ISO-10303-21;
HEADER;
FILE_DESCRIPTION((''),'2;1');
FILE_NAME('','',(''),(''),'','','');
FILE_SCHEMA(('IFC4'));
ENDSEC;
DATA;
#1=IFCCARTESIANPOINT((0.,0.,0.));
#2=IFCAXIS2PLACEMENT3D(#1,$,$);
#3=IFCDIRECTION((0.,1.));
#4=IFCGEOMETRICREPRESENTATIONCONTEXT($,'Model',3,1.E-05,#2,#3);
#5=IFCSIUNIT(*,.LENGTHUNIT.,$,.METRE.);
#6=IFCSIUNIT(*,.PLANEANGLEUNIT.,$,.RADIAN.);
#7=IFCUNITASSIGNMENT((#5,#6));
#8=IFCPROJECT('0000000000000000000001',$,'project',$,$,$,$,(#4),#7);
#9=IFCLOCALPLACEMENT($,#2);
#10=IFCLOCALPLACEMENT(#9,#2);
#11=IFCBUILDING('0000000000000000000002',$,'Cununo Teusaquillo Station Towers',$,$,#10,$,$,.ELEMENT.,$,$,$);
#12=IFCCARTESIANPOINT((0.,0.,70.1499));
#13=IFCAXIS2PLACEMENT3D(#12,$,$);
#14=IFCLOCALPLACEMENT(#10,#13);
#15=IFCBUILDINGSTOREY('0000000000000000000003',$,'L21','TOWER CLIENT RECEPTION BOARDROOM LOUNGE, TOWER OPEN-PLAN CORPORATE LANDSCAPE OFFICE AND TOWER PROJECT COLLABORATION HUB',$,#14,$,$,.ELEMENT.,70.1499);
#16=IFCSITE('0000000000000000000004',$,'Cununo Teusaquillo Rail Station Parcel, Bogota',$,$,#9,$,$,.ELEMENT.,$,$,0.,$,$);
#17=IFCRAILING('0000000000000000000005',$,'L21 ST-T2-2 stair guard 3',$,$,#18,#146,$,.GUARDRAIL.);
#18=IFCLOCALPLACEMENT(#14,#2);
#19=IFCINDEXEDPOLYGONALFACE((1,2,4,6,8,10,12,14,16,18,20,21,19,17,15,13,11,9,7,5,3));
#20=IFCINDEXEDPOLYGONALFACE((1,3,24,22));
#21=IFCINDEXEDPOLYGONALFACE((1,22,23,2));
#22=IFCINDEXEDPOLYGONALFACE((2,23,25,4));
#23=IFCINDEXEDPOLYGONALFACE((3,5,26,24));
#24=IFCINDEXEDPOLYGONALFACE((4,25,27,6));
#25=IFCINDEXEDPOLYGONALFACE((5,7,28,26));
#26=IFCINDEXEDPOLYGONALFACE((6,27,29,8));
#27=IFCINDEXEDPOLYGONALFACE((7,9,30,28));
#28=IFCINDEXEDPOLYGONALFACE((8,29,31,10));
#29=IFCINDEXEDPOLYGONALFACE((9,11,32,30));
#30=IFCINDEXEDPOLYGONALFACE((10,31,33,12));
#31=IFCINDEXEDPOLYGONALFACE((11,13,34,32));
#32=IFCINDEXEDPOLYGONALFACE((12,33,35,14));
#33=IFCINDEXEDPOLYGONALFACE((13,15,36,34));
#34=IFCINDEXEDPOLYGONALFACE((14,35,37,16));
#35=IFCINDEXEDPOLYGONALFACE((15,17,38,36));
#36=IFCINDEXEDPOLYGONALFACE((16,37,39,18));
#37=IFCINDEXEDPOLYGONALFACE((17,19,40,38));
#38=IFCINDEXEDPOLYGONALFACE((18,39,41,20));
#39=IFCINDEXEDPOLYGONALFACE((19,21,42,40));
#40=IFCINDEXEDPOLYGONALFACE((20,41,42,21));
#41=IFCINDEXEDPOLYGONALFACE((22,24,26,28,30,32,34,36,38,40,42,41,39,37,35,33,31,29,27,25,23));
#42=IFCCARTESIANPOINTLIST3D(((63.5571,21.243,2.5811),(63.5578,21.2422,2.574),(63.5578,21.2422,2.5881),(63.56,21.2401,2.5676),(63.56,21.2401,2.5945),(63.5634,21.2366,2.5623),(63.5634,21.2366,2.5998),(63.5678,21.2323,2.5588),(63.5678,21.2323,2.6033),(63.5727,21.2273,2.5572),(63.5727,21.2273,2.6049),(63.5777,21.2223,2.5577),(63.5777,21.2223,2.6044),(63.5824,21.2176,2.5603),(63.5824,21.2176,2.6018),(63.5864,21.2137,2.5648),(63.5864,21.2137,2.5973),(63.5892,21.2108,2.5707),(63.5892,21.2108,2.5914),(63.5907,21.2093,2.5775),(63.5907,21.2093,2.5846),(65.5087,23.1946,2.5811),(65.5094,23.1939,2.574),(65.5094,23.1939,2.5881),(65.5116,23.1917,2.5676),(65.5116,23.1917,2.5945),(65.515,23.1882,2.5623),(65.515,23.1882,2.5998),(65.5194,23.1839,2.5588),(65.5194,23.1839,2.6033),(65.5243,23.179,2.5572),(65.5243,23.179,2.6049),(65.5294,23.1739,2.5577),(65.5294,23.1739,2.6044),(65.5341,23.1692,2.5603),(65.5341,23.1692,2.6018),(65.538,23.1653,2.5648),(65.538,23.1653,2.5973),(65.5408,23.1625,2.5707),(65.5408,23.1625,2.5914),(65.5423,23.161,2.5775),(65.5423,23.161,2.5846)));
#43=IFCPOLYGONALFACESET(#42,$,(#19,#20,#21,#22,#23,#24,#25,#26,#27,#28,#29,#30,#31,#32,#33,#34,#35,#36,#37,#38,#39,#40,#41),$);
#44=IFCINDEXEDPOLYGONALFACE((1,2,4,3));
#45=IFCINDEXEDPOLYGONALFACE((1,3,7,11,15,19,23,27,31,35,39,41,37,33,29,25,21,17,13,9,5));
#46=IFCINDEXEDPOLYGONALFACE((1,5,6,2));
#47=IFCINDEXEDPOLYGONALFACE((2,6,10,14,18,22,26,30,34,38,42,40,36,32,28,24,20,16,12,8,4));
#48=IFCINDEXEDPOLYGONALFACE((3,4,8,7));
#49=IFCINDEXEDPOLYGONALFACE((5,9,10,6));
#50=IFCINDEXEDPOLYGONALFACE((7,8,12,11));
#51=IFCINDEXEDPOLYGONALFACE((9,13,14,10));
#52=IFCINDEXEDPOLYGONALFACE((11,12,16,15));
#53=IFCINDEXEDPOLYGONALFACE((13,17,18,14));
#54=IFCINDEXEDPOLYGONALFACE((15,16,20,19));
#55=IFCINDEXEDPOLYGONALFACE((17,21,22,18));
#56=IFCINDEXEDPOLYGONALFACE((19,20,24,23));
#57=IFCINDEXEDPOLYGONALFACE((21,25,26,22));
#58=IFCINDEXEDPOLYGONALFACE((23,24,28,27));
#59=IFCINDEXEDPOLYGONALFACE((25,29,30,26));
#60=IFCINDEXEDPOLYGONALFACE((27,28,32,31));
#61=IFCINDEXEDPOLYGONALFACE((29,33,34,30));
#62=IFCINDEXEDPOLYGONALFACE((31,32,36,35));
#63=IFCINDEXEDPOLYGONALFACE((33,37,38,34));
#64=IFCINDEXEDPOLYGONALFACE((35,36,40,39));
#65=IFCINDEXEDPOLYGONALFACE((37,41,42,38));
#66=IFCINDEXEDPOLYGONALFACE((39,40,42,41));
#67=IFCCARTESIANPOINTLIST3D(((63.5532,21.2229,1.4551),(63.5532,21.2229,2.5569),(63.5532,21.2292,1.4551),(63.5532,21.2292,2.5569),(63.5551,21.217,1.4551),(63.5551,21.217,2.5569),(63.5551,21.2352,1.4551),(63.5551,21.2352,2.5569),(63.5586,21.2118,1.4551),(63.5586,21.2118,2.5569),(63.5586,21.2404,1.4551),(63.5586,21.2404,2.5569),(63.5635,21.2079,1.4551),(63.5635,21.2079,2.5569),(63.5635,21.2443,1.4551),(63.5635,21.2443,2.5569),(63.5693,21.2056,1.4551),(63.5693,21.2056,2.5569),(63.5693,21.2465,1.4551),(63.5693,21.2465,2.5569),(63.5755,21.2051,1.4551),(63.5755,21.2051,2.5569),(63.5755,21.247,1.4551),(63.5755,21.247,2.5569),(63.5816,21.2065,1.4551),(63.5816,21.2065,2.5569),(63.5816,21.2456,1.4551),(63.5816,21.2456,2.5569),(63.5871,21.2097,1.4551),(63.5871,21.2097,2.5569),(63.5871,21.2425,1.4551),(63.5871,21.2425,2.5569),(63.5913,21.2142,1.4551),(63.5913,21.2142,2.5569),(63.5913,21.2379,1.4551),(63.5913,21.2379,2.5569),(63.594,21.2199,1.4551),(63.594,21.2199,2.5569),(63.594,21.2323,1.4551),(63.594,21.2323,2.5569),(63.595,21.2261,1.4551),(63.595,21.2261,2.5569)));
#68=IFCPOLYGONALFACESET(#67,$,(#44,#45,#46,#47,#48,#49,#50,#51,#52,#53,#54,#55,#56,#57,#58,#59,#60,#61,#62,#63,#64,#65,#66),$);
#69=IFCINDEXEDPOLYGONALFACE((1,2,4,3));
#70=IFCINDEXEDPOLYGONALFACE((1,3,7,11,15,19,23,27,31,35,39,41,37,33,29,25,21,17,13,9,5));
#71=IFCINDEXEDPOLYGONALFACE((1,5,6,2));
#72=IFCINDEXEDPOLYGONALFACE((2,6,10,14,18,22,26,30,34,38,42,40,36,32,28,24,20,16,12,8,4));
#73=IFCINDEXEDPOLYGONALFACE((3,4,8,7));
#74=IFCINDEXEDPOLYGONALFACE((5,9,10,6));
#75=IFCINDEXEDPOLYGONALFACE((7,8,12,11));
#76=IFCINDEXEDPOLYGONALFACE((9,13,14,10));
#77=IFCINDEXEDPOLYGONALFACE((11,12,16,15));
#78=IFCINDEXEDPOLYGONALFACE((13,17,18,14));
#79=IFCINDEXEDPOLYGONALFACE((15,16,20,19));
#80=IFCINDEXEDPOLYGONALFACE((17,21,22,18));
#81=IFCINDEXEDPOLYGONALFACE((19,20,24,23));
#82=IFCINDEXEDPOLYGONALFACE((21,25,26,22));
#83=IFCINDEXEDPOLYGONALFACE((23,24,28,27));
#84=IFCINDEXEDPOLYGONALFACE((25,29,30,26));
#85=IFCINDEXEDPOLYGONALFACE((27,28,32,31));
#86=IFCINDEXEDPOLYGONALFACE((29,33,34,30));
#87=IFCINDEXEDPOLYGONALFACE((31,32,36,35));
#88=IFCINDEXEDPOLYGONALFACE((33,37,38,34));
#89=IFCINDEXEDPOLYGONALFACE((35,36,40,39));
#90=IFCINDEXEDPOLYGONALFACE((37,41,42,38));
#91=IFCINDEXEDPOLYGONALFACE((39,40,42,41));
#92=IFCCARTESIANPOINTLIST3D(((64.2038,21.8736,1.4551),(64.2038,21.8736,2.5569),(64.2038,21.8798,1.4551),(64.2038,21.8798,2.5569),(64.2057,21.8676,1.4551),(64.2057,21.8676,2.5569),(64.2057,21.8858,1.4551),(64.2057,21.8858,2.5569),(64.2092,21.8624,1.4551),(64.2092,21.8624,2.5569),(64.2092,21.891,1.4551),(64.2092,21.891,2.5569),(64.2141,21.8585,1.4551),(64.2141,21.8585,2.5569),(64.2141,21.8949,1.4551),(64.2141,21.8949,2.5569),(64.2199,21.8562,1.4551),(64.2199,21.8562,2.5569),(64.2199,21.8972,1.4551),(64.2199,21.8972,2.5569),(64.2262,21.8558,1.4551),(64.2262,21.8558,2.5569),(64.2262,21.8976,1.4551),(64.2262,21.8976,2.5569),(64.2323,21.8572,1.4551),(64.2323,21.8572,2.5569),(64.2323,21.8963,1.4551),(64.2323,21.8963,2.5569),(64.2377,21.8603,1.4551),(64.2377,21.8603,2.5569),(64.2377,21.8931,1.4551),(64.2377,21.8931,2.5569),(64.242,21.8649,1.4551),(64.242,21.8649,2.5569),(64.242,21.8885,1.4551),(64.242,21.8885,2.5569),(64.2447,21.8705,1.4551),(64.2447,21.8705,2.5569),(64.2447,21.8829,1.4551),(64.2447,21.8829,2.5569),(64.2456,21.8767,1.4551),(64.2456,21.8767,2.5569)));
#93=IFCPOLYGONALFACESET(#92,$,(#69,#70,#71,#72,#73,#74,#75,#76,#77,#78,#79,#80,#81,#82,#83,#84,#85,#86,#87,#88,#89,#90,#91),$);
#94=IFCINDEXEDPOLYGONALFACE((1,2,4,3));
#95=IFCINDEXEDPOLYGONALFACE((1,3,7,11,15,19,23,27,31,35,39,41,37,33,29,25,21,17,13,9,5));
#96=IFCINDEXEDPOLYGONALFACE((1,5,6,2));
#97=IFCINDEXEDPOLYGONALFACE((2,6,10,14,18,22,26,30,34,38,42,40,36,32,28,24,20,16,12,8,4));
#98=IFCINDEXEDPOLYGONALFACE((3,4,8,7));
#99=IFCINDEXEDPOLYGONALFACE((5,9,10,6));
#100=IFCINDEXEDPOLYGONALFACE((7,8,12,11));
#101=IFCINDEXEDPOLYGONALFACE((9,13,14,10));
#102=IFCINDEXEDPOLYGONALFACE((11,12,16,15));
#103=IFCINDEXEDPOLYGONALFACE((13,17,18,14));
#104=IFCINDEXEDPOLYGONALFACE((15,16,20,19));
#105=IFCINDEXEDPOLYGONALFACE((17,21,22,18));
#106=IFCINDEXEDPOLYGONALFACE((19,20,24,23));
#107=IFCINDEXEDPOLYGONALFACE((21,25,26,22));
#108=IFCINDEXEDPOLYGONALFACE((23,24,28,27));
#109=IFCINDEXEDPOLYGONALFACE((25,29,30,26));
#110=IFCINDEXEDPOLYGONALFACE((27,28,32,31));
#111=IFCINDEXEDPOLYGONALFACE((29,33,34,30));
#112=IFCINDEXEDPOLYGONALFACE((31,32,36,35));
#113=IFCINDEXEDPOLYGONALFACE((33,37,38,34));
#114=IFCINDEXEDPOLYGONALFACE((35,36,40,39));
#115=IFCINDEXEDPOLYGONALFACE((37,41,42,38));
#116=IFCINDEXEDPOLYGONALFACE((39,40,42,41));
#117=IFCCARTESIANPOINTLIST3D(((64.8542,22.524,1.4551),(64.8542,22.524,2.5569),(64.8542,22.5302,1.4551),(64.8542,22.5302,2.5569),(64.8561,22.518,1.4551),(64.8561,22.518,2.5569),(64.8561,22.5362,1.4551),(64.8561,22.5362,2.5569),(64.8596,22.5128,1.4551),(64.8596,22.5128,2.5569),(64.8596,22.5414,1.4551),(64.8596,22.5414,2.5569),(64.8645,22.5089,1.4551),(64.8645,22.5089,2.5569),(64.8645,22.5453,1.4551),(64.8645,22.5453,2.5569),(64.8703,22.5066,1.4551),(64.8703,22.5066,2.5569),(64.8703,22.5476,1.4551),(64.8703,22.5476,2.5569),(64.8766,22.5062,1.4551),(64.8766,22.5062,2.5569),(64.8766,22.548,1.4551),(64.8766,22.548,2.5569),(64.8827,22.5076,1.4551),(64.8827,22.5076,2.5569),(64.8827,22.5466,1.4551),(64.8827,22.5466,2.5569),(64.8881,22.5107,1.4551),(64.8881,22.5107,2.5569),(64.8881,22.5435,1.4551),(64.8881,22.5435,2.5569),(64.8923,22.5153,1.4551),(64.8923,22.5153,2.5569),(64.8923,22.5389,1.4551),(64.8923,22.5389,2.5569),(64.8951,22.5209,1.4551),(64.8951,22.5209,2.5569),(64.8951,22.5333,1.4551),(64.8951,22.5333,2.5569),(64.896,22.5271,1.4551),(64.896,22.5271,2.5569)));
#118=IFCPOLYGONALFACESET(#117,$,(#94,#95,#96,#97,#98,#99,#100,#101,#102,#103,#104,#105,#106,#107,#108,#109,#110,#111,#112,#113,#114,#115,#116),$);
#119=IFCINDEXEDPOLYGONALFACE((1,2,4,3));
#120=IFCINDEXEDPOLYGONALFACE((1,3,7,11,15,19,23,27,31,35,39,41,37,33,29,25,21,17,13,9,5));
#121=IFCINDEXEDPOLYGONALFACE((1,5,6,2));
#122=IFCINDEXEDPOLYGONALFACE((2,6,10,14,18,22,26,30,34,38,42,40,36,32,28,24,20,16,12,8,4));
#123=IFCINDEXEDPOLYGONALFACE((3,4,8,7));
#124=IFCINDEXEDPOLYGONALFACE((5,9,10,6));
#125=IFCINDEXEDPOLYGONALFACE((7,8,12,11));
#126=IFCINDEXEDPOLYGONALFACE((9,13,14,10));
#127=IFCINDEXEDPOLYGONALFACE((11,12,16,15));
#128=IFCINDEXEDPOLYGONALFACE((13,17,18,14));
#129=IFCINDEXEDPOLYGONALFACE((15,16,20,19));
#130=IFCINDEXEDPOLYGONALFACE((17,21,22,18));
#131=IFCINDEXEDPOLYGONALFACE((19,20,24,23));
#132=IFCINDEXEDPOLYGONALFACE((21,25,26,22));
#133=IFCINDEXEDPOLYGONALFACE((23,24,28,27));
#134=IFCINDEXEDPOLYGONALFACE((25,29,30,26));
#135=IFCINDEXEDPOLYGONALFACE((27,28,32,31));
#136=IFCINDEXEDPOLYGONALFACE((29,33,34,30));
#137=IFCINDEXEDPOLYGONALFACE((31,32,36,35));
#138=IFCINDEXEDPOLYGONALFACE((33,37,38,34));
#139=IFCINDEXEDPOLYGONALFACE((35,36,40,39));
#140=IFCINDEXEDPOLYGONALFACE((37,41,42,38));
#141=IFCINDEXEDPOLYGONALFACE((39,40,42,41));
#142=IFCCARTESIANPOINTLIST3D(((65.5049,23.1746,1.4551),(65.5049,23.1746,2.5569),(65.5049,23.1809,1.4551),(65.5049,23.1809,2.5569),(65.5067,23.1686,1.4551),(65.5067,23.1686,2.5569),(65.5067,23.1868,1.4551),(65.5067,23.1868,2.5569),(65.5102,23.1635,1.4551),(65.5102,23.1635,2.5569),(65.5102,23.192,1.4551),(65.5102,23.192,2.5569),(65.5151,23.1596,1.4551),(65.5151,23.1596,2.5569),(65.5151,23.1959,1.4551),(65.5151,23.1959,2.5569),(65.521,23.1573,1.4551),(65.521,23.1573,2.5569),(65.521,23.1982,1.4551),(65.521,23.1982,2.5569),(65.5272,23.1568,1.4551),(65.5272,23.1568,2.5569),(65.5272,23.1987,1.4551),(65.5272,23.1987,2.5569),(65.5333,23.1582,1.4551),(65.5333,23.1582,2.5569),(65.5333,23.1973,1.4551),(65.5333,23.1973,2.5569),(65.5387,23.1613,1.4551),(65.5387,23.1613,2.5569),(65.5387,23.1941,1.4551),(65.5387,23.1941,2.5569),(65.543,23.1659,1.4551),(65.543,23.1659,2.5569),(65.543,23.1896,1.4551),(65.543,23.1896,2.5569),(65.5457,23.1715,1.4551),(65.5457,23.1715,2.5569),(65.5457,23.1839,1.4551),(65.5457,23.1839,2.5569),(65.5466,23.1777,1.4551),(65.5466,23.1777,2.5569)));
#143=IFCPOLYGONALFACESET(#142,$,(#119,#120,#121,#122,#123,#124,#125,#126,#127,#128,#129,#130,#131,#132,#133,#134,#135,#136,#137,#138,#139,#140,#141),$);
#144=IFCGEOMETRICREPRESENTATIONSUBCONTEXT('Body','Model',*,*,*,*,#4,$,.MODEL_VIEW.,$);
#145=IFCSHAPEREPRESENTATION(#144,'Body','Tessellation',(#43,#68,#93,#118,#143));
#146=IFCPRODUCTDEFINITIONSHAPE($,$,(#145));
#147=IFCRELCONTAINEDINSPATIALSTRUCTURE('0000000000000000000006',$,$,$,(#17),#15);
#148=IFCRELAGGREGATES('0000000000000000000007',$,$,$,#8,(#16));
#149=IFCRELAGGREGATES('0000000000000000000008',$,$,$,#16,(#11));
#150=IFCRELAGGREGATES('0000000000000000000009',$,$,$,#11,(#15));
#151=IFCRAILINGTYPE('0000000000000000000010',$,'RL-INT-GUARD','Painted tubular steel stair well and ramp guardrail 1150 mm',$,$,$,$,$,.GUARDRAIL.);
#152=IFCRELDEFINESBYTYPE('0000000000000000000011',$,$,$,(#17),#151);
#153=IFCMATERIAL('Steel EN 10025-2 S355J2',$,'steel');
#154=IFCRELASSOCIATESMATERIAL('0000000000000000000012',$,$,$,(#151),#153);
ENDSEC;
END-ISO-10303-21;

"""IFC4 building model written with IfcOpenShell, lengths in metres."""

from ifc_helpers import new_model, si_unit, direction, frame, origin, origin_2d, place, context, subcontext, project, spatial, circle, extrude, material, type_object, element, save


model = new_model("IFC4")

# Units and contexts
model_context = context("Model", 3, precision=1e-05, world=origin(), true_north=direction((0.0, 1.0)))
body_context = subcontext(model_context, "Body", "Model", "MODEL_VIEW")
ifc_project = project(units=[si_unit("LENGTHUNIT", "METRE"), si_unit("PLANEANGLEUNIT", "RADIAN")], contexts=[model_context])

# Site, building, storey
site_placement = place(None, origin())
site = spatial("IfcSite", under=ifc_project, at=site_placement, Name="Cununo Teusaquillo Rail Station Parcel, Bogota", CompositionType="ELEMENT", RefElevation=0.0)
building_placement = place(site_placement, origin())
building = spatial("IfcBuilding", under=site, at=building_placement, Name="Cununo Teusaquillo Station Towers", CompositionType="ELEMENT")
storey_placement = place(building_placement, frame((0.0, 0.0, 70.1499)))
storey = spatial("IfcBuildingStorey", under=building, at=storey_placement, Name="L21", Description="TOWER CLIENT RECEPTION BOARDROOM LOUNGE, TOWER OPEN-PLAN CORPORATE LANDSCAPE OFFICE AND TOWER PROJECT COLLABORATION HUB", CompositionType="ELEMENT", Elevation=70.1499)

# Railing
ifc_material_1 = material(Name="Steel EN 10025-2 S355J2", Category="steel")
railing_type = type_object("IfcRailingType", Name="RL-INT-GUARD", Description="Painted tubular steel stair well and ramp guardrail 1150 mm", PredefinedType="GUARDRAIL", material=ifc_material_1)
railing_1_placement = place(storey_placement, frame((63.574, 21.2261, 1.4551)))
element("IfcRailing", 1, at=railing_1_placement, inside=storey, type_object=railing_type, Name="L21 ST-T2-2 stair guard 3", PredefinedType="GUARDRAIL", context=body_context, shape_type="SweptSolid", body=[
    extrude(circle(Radius=0.0239, at=origin_2d()), frame((0.0, 0.0, 1.126), z_axis=(0.707107, 0.707107, 0.0), x_axis=(-0.707107, 0.707107, 0.0)), (0.0, 0.0, 1.0), 2.76),
    extrude(circle(Radius=0.021, at=origin_2d()), origin(), (0.0, 0.0, 1.0), 1.1018),
    extrude(circle(Radius=0.021, at=origin_2d()), frame((0.6506, 0.6506, 0.0)), (0.0, 0.0, 1.0), 1.1018),
    extrude(circle(Radius=0.021, at=origin_2d()), frame((1.301, 1.301, 0.0)), (0.0, 0.0, 1.0), 1.1018),
    extrude(circle(Radius=0.021, at=origin_2d()), frame((1.9517, 1.9517, 0.0)), (0.0, 0.0, 1.0), 1.1018),
])

save(model, "model.ifc")
